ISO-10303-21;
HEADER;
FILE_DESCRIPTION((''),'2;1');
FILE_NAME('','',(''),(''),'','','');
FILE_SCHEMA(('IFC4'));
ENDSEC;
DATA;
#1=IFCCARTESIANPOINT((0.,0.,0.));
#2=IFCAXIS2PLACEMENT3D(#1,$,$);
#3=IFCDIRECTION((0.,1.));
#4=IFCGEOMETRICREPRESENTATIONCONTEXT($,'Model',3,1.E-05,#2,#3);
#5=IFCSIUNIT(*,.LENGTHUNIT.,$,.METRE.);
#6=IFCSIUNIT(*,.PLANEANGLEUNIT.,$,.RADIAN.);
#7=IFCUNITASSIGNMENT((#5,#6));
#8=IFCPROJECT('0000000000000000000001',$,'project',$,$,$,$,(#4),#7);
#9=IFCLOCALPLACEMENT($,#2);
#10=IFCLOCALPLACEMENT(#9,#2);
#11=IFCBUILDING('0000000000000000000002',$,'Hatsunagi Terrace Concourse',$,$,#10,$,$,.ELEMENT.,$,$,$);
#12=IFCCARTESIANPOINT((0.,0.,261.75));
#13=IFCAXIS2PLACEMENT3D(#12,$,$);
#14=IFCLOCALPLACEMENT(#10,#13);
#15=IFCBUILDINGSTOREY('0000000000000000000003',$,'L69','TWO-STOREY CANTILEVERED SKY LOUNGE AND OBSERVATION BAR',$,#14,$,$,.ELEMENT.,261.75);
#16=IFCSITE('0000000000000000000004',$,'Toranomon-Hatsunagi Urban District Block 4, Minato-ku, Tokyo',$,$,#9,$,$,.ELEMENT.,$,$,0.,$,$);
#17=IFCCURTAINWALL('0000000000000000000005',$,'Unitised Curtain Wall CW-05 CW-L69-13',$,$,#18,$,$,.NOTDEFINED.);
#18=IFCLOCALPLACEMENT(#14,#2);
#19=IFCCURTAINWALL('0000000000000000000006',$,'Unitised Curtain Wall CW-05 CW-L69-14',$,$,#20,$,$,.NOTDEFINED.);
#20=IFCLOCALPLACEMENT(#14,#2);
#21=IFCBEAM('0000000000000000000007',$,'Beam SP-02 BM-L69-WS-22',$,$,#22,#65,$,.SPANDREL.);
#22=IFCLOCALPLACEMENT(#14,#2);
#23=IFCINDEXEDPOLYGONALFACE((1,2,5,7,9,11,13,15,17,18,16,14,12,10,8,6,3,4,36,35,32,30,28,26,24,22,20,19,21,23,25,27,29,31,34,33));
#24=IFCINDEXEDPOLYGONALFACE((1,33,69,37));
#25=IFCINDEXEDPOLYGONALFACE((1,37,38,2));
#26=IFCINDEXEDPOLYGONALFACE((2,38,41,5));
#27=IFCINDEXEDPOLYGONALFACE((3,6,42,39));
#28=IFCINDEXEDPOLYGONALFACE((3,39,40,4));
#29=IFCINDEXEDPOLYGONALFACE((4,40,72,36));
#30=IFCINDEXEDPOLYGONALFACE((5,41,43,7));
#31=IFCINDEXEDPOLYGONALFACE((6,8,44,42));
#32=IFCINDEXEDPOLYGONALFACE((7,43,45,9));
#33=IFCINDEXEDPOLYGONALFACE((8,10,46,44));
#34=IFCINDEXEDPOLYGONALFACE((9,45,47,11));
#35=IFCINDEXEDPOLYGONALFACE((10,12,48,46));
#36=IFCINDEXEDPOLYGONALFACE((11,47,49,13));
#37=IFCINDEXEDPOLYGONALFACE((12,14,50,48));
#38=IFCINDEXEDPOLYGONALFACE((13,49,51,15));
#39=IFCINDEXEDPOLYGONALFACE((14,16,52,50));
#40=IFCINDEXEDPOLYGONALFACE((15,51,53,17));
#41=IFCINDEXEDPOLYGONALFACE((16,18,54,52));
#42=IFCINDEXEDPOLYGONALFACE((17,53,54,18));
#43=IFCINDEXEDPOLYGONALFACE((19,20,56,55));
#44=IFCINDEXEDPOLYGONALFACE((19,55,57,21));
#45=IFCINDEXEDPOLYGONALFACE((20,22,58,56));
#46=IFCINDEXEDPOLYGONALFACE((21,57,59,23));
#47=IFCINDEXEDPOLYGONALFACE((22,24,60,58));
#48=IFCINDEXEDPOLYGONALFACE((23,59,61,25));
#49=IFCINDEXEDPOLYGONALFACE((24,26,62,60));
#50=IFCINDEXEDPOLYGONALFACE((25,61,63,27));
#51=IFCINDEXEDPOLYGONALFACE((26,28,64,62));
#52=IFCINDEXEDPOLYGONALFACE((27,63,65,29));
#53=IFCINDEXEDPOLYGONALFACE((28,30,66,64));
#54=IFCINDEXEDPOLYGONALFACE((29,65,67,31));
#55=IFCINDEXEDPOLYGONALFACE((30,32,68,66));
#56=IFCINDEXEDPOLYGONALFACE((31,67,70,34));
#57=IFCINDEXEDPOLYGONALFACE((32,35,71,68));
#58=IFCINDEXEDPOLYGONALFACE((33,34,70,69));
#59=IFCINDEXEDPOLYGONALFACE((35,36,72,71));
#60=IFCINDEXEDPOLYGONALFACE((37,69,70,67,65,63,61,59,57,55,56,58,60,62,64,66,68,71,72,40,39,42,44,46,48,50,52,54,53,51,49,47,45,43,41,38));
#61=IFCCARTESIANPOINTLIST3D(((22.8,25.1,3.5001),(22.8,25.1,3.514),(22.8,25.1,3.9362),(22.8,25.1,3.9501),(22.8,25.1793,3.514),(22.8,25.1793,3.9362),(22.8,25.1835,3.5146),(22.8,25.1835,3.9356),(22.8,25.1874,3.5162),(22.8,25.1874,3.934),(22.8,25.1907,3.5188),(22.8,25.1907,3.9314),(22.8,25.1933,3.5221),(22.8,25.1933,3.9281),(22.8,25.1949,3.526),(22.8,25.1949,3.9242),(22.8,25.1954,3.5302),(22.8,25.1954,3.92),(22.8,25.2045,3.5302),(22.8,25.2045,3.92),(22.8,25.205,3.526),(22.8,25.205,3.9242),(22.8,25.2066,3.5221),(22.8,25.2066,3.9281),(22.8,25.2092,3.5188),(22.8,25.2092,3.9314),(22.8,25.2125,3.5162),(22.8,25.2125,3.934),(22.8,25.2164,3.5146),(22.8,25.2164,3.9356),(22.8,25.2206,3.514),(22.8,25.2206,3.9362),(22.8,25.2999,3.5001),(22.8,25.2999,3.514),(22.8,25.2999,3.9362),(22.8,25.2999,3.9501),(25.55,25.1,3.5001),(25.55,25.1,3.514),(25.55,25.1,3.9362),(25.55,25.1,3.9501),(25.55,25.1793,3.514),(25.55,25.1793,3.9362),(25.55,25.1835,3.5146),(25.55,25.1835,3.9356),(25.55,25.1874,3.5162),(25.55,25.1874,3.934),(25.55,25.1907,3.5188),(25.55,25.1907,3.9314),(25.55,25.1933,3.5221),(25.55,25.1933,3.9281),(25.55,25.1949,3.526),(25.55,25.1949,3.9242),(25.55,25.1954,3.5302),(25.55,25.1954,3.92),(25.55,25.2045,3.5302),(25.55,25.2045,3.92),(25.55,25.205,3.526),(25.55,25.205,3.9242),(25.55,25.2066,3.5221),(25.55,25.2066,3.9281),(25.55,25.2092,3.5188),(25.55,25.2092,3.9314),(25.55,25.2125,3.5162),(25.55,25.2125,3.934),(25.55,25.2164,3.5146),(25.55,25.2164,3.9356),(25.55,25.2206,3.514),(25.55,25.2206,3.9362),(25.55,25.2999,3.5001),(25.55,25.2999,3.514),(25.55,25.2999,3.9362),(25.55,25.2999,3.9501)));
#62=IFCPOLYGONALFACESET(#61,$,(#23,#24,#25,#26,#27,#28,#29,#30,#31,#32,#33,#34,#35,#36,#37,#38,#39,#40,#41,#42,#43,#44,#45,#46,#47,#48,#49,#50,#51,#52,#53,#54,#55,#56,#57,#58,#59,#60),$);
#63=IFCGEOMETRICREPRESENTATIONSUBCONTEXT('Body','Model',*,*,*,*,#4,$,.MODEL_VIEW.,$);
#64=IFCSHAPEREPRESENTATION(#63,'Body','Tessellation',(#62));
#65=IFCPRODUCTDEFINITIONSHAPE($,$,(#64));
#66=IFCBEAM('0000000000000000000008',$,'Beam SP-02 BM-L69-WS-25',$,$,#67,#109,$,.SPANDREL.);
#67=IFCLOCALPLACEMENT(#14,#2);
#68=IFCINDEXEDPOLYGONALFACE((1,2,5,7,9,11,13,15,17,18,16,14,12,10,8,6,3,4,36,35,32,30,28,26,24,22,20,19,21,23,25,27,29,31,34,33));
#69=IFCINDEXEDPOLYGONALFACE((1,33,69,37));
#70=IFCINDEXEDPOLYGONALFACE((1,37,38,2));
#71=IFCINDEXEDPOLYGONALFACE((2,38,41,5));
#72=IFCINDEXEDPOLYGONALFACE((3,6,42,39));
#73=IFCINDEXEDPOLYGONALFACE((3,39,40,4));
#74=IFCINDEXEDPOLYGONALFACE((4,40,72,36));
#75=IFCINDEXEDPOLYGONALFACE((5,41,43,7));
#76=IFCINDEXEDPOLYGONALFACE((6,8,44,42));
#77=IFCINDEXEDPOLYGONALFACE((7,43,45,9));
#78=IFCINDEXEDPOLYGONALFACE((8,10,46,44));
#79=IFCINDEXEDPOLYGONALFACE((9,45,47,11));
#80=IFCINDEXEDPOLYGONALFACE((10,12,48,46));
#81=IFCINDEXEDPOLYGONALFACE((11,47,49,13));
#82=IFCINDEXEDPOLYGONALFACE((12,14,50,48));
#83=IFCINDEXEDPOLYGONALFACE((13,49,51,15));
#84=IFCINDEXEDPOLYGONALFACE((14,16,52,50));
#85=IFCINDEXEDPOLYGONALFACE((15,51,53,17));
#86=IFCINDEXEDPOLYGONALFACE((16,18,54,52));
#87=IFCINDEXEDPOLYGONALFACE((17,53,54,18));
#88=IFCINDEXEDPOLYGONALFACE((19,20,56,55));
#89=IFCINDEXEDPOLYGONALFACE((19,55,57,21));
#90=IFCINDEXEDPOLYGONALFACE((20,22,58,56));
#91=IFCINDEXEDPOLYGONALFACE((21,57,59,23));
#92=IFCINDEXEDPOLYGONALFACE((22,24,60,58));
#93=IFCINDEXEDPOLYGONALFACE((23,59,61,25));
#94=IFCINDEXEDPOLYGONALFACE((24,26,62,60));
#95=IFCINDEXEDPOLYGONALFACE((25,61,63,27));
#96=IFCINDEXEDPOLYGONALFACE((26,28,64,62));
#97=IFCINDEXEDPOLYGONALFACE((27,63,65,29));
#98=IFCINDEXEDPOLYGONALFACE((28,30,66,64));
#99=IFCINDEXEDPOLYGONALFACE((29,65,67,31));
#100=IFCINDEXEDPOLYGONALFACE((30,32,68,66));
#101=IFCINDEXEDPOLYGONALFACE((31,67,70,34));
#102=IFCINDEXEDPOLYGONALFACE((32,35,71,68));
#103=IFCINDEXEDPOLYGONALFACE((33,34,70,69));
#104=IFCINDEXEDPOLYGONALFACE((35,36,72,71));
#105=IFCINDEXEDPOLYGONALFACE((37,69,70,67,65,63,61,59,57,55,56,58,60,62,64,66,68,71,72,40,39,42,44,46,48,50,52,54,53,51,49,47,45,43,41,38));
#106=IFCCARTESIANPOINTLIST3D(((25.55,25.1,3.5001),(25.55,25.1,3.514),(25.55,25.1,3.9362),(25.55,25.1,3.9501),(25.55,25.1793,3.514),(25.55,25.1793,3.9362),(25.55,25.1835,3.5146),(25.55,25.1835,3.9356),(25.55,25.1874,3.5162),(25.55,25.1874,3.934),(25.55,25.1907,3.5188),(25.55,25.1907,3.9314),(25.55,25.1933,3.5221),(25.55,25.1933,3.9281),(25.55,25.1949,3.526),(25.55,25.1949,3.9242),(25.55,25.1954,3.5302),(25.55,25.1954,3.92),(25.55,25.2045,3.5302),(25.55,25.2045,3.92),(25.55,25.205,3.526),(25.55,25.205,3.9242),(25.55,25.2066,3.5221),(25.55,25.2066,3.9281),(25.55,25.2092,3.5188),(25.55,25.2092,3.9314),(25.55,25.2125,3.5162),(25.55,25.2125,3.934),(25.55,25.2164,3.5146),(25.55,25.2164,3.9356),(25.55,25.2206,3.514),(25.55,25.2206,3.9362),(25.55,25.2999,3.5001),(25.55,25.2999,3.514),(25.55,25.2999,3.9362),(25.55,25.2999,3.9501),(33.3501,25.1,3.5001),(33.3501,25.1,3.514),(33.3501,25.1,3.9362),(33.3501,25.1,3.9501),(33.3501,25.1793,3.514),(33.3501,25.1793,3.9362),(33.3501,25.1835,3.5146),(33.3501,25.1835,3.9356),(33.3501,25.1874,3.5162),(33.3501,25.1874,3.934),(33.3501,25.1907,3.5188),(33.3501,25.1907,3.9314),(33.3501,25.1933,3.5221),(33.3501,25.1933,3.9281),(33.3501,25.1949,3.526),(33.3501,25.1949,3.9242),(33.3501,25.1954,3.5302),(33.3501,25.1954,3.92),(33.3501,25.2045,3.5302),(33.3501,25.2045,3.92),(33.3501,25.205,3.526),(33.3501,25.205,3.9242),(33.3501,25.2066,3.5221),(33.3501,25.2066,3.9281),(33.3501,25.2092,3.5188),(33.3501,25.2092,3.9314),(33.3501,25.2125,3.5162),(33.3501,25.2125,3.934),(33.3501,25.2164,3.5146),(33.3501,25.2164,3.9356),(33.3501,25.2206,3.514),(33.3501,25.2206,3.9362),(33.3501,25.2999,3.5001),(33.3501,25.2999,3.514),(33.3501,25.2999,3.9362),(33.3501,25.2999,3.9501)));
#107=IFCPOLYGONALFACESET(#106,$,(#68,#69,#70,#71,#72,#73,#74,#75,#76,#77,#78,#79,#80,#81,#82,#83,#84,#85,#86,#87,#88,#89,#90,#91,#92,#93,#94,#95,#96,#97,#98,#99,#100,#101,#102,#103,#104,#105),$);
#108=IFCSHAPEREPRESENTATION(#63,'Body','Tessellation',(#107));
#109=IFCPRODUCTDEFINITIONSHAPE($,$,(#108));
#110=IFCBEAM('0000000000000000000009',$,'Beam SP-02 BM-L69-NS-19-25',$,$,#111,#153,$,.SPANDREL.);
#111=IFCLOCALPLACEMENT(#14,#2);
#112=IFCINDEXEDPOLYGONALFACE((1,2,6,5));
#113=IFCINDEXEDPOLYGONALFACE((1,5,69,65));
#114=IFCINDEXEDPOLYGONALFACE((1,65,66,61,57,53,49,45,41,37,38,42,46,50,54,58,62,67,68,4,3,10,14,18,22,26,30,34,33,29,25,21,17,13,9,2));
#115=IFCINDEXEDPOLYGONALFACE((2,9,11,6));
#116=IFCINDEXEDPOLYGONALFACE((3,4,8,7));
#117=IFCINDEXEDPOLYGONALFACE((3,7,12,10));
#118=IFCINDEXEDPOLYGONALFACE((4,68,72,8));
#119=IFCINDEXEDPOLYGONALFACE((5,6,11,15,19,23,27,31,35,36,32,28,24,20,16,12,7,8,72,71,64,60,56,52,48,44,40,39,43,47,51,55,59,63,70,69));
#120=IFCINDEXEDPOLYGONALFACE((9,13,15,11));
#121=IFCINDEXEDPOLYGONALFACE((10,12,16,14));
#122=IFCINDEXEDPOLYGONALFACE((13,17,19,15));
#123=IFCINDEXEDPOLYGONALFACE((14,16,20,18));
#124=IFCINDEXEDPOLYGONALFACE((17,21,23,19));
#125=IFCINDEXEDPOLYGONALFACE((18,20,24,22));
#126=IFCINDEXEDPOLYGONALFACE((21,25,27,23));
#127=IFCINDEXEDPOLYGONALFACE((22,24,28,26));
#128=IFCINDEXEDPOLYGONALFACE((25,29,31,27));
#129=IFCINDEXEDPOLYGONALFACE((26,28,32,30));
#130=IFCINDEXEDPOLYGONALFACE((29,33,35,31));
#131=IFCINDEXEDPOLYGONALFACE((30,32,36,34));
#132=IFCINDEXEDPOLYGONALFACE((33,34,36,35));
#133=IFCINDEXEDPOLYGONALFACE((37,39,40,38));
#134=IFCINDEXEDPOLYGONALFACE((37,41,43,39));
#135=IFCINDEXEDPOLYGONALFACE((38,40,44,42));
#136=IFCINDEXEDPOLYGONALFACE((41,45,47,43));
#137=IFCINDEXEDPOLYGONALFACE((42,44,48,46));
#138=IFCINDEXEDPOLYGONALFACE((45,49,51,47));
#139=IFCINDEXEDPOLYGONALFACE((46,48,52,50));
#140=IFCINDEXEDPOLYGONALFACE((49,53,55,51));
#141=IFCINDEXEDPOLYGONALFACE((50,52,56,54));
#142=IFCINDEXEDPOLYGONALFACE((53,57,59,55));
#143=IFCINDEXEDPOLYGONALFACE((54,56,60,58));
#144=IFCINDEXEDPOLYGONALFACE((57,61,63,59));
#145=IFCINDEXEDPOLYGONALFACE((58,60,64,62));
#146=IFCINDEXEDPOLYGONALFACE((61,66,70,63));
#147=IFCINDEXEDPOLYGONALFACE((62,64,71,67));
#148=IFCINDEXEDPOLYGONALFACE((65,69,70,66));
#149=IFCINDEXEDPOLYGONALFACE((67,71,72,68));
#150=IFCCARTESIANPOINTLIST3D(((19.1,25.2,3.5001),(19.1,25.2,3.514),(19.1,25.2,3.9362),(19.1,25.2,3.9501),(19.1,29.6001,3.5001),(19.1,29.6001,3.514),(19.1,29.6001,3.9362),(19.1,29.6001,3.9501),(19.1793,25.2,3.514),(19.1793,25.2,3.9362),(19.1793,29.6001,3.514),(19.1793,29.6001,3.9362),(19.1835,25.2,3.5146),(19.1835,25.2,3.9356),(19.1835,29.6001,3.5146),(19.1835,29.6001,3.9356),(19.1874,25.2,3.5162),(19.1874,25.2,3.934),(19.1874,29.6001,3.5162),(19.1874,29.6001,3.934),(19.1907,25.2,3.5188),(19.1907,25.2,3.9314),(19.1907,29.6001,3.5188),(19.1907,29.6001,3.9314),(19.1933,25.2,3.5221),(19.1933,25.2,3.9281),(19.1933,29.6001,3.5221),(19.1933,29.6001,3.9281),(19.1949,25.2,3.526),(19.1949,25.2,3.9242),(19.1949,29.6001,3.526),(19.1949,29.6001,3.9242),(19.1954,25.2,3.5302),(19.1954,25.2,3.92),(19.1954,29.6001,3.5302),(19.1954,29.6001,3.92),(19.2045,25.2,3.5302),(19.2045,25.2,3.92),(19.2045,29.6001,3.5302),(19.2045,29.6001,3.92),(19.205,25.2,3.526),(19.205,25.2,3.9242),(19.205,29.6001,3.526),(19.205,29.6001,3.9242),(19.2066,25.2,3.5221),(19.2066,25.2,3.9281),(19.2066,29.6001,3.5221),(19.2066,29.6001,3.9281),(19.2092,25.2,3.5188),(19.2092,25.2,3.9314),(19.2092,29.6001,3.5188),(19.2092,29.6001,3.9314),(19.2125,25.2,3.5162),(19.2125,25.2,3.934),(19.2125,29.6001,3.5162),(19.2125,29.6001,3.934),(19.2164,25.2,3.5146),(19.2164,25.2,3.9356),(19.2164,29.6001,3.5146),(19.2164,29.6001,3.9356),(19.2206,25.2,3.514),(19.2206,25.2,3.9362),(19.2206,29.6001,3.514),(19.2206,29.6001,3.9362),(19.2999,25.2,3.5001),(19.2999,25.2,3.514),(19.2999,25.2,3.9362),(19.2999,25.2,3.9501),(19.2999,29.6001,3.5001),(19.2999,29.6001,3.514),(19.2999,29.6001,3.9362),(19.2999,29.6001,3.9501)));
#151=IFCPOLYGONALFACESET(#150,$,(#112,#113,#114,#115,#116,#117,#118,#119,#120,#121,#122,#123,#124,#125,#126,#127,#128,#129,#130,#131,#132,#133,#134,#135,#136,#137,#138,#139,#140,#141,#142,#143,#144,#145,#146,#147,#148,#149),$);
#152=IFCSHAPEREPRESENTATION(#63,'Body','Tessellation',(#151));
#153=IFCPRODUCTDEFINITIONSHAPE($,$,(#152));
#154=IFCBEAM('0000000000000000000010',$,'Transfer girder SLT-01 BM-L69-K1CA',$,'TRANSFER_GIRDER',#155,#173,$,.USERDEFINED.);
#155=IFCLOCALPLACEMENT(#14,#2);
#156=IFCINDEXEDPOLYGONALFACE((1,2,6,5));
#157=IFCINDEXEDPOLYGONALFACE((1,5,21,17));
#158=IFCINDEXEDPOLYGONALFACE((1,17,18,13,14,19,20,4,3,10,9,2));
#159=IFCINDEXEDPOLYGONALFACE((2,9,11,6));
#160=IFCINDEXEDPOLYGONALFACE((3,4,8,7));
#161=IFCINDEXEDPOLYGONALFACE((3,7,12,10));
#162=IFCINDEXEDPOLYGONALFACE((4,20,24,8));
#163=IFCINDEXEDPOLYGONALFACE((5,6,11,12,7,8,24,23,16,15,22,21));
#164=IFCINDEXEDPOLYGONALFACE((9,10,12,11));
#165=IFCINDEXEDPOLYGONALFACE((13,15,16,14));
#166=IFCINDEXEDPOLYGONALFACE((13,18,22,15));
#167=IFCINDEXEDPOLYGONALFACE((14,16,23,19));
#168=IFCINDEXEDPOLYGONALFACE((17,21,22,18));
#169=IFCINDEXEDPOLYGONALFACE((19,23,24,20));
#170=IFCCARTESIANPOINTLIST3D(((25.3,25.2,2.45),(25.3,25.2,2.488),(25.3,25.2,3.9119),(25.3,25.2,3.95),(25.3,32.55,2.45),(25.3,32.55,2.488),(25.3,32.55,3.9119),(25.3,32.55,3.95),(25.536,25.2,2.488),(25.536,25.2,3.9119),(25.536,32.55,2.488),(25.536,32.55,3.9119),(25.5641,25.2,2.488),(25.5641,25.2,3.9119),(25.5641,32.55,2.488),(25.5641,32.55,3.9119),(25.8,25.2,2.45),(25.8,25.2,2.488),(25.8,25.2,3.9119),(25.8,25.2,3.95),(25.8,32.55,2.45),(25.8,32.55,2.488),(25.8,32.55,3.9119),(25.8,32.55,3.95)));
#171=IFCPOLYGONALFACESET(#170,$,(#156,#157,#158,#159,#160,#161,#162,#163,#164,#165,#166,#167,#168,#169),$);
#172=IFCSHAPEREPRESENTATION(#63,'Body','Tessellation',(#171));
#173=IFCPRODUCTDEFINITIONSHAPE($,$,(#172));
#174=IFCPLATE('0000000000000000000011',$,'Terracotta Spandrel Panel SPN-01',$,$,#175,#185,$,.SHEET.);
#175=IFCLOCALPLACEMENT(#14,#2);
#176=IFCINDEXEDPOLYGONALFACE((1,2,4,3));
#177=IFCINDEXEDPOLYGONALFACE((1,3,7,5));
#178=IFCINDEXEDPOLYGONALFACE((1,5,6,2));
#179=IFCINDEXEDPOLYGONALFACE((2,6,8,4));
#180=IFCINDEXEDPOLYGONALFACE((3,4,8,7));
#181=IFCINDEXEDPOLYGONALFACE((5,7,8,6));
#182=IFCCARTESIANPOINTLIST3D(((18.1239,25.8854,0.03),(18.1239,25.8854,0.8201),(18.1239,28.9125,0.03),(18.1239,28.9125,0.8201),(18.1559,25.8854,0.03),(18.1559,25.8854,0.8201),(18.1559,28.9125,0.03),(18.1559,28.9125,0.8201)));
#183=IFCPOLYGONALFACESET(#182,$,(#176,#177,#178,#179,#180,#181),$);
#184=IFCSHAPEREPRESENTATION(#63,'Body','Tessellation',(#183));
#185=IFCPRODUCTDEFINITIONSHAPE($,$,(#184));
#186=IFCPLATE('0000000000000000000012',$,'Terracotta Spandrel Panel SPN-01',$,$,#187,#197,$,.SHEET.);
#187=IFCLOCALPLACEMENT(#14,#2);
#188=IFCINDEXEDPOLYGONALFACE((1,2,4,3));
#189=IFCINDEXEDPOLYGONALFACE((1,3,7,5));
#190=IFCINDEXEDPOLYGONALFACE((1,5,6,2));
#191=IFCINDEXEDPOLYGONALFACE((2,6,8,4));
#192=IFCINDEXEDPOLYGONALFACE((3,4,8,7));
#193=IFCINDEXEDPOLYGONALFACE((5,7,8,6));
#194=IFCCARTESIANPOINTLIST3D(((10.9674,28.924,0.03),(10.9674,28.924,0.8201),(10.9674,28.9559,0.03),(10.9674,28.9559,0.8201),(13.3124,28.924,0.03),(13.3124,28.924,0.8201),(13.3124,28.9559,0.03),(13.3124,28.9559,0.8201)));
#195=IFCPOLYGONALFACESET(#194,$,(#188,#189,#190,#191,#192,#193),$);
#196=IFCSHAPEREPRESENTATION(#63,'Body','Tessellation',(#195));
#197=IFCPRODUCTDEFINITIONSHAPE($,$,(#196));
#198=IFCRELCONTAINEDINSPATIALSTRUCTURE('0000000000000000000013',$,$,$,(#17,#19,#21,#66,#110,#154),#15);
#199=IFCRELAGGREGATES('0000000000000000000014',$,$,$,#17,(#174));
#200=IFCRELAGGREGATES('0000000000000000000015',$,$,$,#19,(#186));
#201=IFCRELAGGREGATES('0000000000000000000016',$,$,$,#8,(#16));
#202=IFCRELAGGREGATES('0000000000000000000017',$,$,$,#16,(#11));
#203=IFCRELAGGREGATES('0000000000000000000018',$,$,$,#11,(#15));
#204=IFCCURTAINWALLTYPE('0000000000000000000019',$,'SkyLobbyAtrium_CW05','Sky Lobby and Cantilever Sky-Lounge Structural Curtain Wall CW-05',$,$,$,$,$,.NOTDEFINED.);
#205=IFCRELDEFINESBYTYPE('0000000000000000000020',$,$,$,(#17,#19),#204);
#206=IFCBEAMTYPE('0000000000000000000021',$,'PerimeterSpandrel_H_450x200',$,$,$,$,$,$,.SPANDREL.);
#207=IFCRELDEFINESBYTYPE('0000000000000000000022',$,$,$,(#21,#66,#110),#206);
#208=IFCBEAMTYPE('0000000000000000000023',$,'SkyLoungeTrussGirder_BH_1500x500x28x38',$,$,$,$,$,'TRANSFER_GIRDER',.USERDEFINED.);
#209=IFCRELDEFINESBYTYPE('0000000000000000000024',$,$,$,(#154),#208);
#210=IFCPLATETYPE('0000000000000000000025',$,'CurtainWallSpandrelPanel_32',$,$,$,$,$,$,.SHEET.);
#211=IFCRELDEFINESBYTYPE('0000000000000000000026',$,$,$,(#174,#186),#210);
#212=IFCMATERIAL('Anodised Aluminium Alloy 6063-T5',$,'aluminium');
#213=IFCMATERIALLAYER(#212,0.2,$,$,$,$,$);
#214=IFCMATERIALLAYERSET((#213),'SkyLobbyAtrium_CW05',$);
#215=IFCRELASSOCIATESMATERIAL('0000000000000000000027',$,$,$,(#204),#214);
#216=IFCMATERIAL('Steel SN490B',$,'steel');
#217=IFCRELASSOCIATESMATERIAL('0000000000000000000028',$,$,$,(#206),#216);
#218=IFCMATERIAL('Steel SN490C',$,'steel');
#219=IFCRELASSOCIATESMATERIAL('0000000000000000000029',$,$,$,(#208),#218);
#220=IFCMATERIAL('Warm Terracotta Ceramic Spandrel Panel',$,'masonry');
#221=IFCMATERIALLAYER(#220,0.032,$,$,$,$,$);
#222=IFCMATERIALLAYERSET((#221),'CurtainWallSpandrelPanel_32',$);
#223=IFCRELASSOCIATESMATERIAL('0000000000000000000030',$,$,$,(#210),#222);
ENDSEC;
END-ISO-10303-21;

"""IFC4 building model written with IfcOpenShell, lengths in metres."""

from ifc_helpers import new_model, si_unit, direction, frame, origin, origin_2d, place, context, subcontext, project, spatial, rectangle, i_section, extrude, material, layer, layer_set, material_profile, profile_set, type_object, element, aggregate, save


model = new_model("IFC4")

# Units and contexts
model_context = context("Model", 3, precision=1e-05, world=origin(), true_north=direction((0.0, 1.0)))
body_context = subcontext(model_context, "Body", "Model", "MODEL_VIEW")
ifc_project = project(units=[si_unit("LENGTHUNIT", "METRE"), si_unit("PLANEANGLEUNIT", "RADIAN")], contexts=[model_context])

# Site, building, storey
site_placement = place(None, origin())
site = spatial("IfcSite", under=ifc_project, at=site_placement, Name="Toranomon-Hatsunagi Urban District Block 4, Minato-ku, Tokyo", CompositionType="ELEMENT", RefElevation=0.0)
building_placement = place(site_placement, origin())
building = spatial("IfcBuilding", under=site, at=building_placement, Name="Hatsunagi Terrace Concourse", CompositionType="ELEMENT")
storey_placement = place(building_placement, frame((0.0, 0.0, 261.75)))
storey = spatial("IfcBuildingStorey", under=building, at=storey_placement, Name="L69", Description="TWO-STOREY CANTILEVERED SKY LOUNGE AND OBSERVATION BAR", CompositionType="ELEMENT", Elevation=261.75)

# Curtain wall
ifc_material_1 = material(Name="Anodised Aluminium Alloy 6063-T5", Category="aluminium")
ifc_layer_1 = layer(ifc_material_1, 0.2)
ifc_layer_set_1 = layer_set([ifc_layer_1], Name="SkyLobbyAtrium_CW05")
curtain_wall_type = type_object("IfcCurtainWallType", Name="SkyLobbyAtrium_CW05", Description="Sky Lobby and Cantilever Sky-Lounge Structural Curtain Wall CW-05", PredefinedType="NOTDEFINED", material=ifc_layer_set_1)
curtain_wall_1_placement = place(storey_placement, origin())
curtain_wall_1 = element("IfcCurtainWall", 1, at=curtain_wall_1_placement, inside=storey, type_object=curtain_wall_type, Name="Unitised Curtain Wall CW-05 CW-L69-13", PredefinedType="NOTDEFINED")

# Curtain wall
curtain_wall_2_placement = place(storey_placement, origin())
curtain_wall_2 = element("IfcCurtainWall", 2, at=curtain_wall_2_placement, inside=storey, type_object=curtain_wall_type, Name="Unitised Curtain Wall CW-05 CW-L69-14", PredefinedType="NOTDEFINED")

# Beams
ifc_material_2 = material(Name="Steel SN490B", Category="steel")
ifc_material_profile_1 = material_profile(ifc_material_2, i_section(OverallWidth=0.2, OverallDepth=0.45, WebThickness=0.009, FlangeThickness=0.0139, FilletRadius=0.0161, at=origin_2d()), Name="H-450x200x9x14")
ifc_profile_set_1 = profile_set([ifc_material_profile_1], Name="Steel SN490B")
beam_type_1 = type_object("IfcBeamType", Name="PerimeterSpandrel_H_450x200", PredefinedType="SPANDREL", material=ifc_profile_set_1)
beam_1_placement = place(storey_placement, frame((22.8, 25.2, 3.7251), z_axis=(1.0, 0.0, 0.0), x_axis=(0.0, 1.0, 0.0)))
element("IfcBeam", 3, at=beam_1_placement, inside=storey, type_object=beam_type_1, Name="Beam SP-02 BM-L69-WS-22", PredefinedType="SPANDREL", context=body_context, shape_type="SweptSolid", body=[
    extrude(i_section(OverallWidth=0.2, OverallDepth=0.45, WebThickness=0.009, FlangeThickness=0.0139, FilletRadius=0.0161, at=origin_2d()), origin(), (0.0, 0.0, 1.0), 2.75),
])
beam_2_placement = place(storey_placement, frame((25.55, 25.2, 3.7251), z_axis=(1.0, 0.0, 0.0), x_axis=(0.0, 1.0, 0.0)))
element("IfcBeam", 4, at=beam_2_placement, inside=storey, type_object=beam_type_1, Name="Beam SP-02 BM-L69-WS-25", PredefinedType="SPANDREL", context=body_context, shape_type="SweptSolid", body=[
    extrude(i_section(OverallWidth=0.2, OverallDepth=0.45, WebThickness=0.009, FlangeThickness=0.0139, FilletRadius=0.0161, at=origin_2d()), origin(), (0.0, 0.0, 1.0), 7.8),
])
beam_3_placement = place(storey_placement, frame((19.2, 25.2, 3.7251), z_axis=(0.0, 1.0, 0.0), x_axis=(-1.0, 0.0, 0.0)))
element("IfcBeam", 5, at=beam_3_placement, inside=storey, type_object=beam_type_1, Name="Beam SP-02 BM-L69-NS-19-25", PredefinedType="SPANDREL", context=body_context, shape_type="SweptSolid", body=[
    extrude(i_section(OverallWidth=0.2, OverallDepth=0.45, WebThickness=0.009, FlangeThickness=0.0139, FilletRadius=0.0161, at=origin_2d()), origin(), (0.0, 0.0, 1.0), 4.4001),
])
ifc_material_3 = material(Name="Steel SN490C", Category="steel")
ifc_material_profile_2 = material_profile(ifc_material_3, i_section(OverallWidth=0.5, OverallDepth=1.5, WebThickness=0.0281, FlangeThickness=0.0381, at=origin_2d()), Name="BH-1500x500x28x38")
ifc_profile_set_2 = profile_set([ifc_material_profile_2], Name="Steel SN490C")
beam_type_2 = type_object("IfcBeamType", Name="SkyLoungeTrussGirder_BH_1500x500x28x38", ElementType="TRANSFER_GIRDER", PredefinedType="USERDEFINED", material=ifc_profile_set_2)
beam_4_placement = place(storey_placement, frame((25.55, 25.2, 3.2), z_axis=(0.0, 1.0, 0.0), x_axis=(-1.0, 0.0, 0.0)))
element("IfcBeam", 6, at=beam_4_placement, inside=storey, type_object=beam_type_2, Name="Transfer girder SLT-01 BM-L69-K1CA", ObjectType="TRANSFER_GIRDER", PredefinedType="USERDEFINED", context=body_context, shape_type="SweptSolid", body=[
    extrude(i_section(OverallWidth=0.5, OverallDepth=1.5, WebThickness=0.0281, FlangeThickness=0.0381, at=origin_2d()), origin(), (0.0, 0.0, 1.0), 7.3501),
])

# Plates
ifc_material_4 = material(Name="Warm Terracotta Ceramic Spandrel Panel", Category="masonry")
ifc_layer_2 = layer(ifc_material_4, 0.032)
ifc_layer_set_2 = layer_set([ifc_layer_2], Name="CurtainWallSpandrelPanel_32")
plate_type_1 = type_object("IfcPlateType", Name="CurtainWallSpandrelPanel_32", PredefinedType="SHEET", material=ifc_layer_set_2)
plate_1_placement = place(storey_placement, frame((18.1399, 27.3989, 0.03), z_axis=(0.0, 0.0, 1.0), x_axis=(0.0, 1.0, 0.0)))
plate_1 = element("IfcPlate", 7, at=plate_1_placement, type_object=plate_type_1, Name="Terracotta Spandrel Panel SPN-01", PredefinedType="SHEET", context=body_context, shape_type="SweptSolid", body=[
    extrude(rectangle(XDim=3.0271, YDim=0.032, at=origin_2d()), origin(), (0.0, 0.0, 1.0), 0.79),
])
plate_2_placement = place(storey_placement, frame((12.1399, 28.9399, 0.03), z_axis=(0.0, 0.0, 1.0), x_axis=(-1.0, 0.0, 0.0)))
plate_2 = element("IfcPlate", 8, at=plate_2_placement, type_object=plate_type_1, Name="Terracotta Spandrel Panel SPN-01", PredefinedType="SHEET", context=body_context, shape_type="SweptSolid", body=[
    extrude(rectangle(XDim=2.345, YDim=0.032, at=origin_2d()), origin(), (0.0, 0.0, 1.0), 0.79),
])
aggregate(curtain_wall_1, [plate_1])
aggregate(curtain_wall_2, [plate_2])

save(model, "model.ifc")
